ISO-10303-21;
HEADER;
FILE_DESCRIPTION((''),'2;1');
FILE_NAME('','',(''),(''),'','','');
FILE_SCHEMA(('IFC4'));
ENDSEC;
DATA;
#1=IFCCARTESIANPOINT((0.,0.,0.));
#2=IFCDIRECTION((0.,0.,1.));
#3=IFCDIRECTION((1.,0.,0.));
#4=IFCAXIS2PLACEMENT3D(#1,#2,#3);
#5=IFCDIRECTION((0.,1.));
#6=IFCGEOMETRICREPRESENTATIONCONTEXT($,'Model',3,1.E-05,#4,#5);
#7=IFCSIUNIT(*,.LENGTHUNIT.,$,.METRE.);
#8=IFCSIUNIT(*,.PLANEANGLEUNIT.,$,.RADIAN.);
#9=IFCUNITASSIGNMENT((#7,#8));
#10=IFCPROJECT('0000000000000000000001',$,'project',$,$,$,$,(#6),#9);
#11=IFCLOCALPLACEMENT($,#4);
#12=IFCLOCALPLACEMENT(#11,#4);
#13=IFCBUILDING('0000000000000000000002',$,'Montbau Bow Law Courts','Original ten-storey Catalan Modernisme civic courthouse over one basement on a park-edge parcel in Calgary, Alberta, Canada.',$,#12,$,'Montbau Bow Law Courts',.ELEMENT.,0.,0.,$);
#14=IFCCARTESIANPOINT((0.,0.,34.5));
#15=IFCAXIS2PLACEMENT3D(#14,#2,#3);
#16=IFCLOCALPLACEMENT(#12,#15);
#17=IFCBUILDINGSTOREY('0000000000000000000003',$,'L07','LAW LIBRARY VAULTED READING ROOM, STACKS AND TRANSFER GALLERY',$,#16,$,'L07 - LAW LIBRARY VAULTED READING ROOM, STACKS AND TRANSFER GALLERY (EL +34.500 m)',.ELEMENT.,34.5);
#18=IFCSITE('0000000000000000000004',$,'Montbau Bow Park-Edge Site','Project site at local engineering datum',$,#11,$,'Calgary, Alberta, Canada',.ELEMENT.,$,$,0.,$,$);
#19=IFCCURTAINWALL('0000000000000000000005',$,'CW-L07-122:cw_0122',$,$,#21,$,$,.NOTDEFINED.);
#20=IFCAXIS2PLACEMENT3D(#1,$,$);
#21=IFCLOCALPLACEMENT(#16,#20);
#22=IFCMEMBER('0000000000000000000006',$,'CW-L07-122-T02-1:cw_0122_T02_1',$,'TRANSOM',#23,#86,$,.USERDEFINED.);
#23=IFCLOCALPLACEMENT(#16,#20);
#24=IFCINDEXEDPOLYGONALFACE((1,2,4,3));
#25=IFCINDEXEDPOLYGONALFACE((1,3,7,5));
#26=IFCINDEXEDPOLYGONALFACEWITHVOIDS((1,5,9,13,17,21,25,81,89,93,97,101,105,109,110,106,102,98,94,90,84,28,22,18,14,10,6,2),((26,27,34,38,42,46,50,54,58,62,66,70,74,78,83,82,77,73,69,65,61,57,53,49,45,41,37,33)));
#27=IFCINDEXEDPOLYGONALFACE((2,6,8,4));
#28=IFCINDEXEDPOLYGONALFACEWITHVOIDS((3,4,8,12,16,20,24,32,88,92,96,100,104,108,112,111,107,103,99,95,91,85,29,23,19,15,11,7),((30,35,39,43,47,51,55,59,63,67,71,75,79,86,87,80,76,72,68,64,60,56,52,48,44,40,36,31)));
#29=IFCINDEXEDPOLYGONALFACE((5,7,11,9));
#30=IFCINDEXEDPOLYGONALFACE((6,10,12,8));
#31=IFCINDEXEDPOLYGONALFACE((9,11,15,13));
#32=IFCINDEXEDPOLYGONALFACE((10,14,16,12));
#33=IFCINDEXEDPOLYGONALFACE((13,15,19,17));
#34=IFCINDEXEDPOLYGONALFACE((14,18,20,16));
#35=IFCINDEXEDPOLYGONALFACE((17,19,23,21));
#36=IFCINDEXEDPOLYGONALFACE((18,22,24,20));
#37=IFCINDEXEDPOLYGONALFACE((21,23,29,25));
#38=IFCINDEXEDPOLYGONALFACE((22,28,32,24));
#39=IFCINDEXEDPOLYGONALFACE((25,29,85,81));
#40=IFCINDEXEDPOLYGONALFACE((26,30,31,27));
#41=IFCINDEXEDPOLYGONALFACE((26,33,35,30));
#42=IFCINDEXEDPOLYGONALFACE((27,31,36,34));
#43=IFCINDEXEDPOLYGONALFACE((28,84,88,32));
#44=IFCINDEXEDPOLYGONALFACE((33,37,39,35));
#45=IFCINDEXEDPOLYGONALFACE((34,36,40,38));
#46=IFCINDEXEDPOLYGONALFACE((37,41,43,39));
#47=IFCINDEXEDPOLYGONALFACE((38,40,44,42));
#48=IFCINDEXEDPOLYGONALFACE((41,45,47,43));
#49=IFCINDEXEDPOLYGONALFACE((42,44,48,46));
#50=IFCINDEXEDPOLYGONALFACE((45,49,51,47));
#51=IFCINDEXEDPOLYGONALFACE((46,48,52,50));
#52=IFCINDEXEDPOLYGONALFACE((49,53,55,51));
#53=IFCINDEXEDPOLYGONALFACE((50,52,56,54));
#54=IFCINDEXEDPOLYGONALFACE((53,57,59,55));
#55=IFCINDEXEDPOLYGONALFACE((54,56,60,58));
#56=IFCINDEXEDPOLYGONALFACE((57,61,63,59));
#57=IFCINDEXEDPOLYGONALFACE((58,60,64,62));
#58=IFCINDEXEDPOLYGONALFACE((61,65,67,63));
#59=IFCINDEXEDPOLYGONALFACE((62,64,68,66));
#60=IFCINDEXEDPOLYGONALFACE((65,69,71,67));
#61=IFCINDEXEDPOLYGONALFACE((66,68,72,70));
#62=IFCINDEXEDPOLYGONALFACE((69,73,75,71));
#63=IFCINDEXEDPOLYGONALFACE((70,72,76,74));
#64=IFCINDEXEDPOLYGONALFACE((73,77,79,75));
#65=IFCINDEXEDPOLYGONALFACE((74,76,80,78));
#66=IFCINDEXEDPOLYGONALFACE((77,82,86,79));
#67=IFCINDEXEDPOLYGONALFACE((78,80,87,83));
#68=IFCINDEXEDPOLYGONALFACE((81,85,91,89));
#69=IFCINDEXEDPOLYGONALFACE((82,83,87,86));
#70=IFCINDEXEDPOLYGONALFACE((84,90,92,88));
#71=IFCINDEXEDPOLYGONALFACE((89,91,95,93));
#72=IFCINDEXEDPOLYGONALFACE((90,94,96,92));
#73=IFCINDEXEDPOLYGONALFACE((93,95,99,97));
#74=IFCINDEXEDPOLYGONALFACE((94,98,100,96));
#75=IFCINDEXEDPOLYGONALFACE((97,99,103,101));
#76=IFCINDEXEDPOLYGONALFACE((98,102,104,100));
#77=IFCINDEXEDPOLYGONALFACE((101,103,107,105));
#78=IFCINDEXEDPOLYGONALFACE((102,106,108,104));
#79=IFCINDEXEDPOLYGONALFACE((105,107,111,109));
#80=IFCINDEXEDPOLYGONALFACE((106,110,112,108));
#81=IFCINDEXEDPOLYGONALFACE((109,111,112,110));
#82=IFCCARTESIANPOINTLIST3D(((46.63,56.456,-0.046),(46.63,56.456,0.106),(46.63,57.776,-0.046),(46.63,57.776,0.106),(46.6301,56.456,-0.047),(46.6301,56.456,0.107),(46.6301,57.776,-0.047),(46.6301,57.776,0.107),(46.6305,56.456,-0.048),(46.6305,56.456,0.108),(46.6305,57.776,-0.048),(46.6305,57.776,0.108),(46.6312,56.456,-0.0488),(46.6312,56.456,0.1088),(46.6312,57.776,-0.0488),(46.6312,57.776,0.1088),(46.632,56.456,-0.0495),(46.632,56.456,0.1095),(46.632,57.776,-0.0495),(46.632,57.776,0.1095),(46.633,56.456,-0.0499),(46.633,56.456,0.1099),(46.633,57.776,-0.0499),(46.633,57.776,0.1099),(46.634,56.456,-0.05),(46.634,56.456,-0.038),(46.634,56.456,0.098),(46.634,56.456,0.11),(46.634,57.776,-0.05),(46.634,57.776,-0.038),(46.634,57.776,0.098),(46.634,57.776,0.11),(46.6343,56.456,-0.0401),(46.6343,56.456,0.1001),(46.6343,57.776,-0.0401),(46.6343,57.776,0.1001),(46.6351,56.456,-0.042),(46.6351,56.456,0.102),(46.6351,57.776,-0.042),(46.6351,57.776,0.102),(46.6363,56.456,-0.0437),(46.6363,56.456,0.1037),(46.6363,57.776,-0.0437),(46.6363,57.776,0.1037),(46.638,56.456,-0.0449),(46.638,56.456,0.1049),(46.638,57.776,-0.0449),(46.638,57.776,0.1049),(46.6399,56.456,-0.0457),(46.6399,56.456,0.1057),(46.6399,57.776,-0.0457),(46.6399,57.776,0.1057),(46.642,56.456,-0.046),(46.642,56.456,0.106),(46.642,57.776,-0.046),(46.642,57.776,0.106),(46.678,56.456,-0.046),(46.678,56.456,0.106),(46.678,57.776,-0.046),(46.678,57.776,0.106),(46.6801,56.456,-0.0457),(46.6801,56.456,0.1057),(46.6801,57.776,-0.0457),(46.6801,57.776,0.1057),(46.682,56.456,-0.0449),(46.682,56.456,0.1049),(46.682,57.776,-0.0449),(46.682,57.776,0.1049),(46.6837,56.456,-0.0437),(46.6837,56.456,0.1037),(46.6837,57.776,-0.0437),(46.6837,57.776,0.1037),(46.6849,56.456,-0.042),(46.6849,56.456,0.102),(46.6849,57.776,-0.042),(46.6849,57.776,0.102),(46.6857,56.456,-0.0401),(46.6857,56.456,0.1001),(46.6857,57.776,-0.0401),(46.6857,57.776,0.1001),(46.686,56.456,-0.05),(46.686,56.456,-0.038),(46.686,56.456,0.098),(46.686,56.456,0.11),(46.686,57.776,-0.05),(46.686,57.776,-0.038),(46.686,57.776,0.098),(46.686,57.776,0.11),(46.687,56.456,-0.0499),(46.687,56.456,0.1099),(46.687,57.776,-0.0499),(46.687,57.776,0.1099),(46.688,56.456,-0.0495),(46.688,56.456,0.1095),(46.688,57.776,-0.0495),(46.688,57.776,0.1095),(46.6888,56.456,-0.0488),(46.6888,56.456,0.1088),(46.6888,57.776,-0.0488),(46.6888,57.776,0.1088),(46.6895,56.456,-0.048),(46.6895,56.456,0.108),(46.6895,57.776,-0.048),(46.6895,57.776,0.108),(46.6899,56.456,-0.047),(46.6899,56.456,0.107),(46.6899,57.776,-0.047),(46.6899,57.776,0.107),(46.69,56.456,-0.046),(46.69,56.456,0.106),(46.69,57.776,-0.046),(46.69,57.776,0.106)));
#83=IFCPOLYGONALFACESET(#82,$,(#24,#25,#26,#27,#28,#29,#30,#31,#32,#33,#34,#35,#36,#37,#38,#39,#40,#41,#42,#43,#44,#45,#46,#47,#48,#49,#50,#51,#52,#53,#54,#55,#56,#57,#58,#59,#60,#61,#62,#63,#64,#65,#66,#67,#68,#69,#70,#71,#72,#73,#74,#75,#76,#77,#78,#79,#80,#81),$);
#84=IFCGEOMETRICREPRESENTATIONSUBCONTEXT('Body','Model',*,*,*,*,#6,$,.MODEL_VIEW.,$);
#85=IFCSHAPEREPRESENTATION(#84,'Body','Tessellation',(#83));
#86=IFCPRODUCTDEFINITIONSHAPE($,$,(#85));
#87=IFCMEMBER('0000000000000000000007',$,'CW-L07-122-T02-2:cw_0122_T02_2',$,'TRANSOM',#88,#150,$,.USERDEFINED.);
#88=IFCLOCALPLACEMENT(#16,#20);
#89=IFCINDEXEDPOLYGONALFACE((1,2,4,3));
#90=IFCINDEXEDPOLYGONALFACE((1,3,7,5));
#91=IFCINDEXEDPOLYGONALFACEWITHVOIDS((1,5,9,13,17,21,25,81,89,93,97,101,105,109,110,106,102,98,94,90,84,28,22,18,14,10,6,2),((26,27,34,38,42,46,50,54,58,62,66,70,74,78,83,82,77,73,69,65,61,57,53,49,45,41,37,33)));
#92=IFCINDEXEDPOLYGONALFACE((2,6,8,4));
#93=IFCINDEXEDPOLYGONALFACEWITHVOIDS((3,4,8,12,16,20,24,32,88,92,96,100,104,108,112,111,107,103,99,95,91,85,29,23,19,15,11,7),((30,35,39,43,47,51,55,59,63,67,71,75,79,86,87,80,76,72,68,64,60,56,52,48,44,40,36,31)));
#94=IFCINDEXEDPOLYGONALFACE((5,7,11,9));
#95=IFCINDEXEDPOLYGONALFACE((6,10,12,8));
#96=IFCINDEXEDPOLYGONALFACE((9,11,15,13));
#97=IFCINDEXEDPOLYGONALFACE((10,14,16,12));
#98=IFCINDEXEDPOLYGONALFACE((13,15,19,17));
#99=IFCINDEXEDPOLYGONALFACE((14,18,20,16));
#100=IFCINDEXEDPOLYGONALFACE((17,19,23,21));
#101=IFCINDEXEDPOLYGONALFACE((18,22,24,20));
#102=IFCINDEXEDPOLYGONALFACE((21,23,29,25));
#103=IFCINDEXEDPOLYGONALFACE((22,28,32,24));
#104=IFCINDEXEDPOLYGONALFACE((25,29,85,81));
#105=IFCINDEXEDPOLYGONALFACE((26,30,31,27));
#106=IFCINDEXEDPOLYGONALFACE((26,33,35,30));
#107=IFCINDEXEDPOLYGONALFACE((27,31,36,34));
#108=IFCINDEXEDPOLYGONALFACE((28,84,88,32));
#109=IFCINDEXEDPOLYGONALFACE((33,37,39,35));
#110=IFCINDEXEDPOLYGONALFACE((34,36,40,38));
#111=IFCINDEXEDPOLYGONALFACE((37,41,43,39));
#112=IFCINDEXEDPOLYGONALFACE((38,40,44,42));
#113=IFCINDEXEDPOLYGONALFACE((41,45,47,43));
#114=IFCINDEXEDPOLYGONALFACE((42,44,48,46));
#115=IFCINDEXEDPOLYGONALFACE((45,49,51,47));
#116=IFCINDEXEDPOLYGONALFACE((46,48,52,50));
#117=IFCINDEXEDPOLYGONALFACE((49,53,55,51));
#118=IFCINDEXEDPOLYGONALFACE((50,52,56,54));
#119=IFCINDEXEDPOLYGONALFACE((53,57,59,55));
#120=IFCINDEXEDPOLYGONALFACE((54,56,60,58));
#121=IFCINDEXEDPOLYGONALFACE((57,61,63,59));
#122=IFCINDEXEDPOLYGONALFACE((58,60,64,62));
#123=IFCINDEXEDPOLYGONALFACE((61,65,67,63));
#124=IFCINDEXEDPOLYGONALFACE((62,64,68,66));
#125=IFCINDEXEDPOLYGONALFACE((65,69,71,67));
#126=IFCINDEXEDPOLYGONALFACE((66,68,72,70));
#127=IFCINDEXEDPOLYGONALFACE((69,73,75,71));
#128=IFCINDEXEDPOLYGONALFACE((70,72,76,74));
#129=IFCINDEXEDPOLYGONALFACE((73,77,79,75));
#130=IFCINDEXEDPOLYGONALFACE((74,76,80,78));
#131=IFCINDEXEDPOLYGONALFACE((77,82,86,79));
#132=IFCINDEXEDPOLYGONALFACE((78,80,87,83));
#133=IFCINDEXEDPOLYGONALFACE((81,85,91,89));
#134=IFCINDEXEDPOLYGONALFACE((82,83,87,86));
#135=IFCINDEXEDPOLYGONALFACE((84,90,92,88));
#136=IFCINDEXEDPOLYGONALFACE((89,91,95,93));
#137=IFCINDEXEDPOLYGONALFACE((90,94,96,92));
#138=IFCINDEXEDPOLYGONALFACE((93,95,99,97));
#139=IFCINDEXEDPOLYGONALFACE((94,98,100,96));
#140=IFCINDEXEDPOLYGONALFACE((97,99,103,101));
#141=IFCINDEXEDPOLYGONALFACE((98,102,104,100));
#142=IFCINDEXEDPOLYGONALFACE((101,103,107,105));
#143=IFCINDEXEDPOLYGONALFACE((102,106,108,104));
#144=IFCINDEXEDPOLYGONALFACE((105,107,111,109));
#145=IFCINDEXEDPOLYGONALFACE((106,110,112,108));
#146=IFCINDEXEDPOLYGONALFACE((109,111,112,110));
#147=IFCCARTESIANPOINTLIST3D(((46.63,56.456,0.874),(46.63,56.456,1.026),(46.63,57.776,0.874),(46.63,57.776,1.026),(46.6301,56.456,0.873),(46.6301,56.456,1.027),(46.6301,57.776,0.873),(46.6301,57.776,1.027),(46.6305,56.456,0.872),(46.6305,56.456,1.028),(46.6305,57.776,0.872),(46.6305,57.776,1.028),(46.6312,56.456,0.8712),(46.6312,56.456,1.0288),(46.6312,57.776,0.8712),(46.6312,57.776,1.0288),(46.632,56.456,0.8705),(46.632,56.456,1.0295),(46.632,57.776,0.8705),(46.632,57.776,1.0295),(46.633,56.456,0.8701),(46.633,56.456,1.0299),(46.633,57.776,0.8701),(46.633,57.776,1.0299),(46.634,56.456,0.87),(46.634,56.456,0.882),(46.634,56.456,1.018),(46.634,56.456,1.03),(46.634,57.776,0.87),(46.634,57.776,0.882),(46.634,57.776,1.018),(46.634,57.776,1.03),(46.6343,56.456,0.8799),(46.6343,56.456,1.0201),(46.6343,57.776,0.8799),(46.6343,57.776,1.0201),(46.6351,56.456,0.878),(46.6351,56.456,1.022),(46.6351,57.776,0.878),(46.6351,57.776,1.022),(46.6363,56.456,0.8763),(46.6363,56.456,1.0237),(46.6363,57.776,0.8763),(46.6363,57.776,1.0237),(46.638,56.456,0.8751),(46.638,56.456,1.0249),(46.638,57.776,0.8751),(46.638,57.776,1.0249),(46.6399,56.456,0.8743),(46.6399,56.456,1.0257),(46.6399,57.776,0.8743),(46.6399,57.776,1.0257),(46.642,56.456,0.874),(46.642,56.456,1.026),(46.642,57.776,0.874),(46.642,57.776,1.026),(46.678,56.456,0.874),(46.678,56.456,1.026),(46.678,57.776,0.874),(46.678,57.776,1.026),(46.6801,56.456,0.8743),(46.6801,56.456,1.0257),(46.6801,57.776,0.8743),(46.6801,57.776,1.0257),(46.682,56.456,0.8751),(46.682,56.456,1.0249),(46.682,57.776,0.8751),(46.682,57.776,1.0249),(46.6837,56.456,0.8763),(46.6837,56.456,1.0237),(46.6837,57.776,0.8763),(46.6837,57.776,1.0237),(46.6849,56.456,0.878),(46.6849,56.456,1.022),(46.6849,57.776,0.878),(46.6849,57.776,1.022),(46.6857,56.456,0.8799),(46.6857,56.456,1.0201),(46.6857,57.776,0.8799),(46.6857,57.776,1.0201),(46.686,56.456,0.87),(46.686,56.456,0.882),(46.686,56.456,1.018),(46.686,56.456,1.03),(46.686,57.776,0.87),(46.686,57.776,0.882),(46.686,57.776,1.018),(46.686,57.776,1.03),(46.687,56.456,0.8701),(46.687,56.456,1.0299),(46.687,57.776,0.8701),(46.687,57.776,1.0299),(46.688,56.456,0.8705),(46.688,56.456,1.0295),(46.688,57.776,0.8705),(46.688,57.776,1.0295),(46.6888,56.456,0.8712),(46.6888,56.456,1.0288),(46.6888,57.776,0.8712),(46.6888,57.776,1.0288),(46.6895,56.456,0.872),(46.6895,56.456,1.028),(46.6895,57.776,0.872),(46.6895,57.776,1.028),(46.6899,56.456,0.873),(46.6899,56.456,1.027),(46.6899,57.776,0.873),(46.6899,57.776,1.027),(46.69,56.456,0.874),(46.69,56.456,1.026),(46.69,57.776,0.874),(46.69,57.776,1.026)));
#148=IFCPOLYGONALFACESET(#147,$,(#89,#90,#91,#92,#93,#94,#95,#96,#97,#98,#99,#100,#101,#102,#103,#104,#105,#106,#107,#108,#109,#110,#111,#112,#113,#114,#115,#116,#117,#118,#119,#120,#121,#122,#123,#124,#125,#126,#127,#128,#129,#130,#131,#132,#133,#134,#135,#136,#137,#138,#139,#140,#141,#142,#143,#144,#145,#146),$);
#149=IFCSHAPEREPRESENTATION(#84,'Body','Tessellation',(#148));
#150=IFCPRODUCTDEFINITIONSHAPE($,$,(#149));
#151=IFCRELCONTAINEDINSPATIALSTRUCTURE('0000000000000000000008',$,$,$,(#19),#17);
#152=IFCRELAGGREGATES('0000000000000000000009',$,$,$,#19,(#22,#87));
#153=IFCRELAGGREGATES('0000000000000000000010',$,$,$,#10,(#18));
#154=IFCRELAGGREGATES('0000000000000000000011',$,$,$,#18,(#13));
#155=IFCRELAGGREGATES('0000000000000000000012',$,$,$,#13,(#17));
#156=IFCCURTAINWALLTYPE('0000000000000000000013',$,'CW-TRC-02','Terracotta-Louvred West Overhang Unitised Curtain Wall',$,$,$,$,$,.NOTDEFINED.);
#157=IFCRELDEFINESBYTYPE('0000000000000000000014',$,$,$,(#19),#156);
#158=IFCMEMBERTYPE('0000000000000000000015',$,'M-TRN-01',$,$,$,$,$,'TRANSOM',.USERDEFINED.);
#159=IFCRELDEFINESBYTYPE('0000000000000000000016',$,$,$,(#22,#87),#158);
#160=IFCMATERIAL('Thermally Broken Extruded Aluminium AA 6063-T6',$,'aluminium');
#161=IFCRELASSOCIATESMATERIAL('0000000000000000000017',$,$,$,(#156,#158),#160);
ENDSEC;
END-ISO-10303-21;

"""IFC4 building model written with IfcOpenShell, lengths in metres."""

from ifc_helpers import new_model, si_unit, direction, frame, origin_with_axes, origin_2d_with_axis, place, context, subcontext, project, spatial, hollow_rectangle, extrude, material, material_profile, profile_set, type_object, element, aggregate, save


model = new_model("IFC4")

# Units and contexts
model_context = context("Model", 3, precision=1e-05, world=origin_with_axes(), true_north=direction((0.0, 1.0)))
body_context = subcontext(model_context, "Body", "Model", "MODEL_VIEW")
ifc_project = project(units=[si_unit("LENGTHUNIT", "METRE"), si_unit("PLANEANGLEUNIT", "RADIAN")], contexts=[model_context])

# Site, building, storey
site_placement = place(None, origin_with_axes())
site = spatial("IfcSite", under=ifc_project, at=site_placement, Name="Montbau Bow Park-Edge Site", Description="Project site at local engineering datum", LongName="Calgary, Alberta, Canada", CompositionType="ELEMENT", RefElevation=0.0)
building_placement = place(site_placement, origin_with_axes())
building = spatial("IfcBuilding", under=site, at=building_placement, Name="Montbau Bow Law Courts", Description="Original ten-storey Catalan Modernisme civic courthouse over one basement on a park-edge parcel in Calgary, Alberta, Canada.", LongName="Montbau Bow Law Courts", CompositionType="ELEMENT", ElevationOfRefHeight=0.0, ElevationOfTerrain=0.0)
storey_placement = place(building_placement, frame((0.0, 0.0, 34.5), z_axis=(0.0, 0.0, 1.0), x_axis=(1.0, 0.0, 0.0)))
storey = spatial("IfcBuildingStorey", under=building, at=storey_placement, Name="L07", Description="LAW LIBRARY VAULTED READING ROOM, STACKS AND TRANSFER GALLERY", LongName="L07 - LAW LIBRARY VAULTED READING ROOM, STACKS AND TRANSFER GALLERY (EL +34.500 m)", CompositionType="ELEMENT", Elevation=34.5)

# Shared definitions
ifc_material_1 = material(Name="Thermally Broken Extruded Aluminium AA 6063-T6", Category="aluminium")
curtain_wall_type = type_object("IfcCurtainWallType", Name="CW-TRC-02", Description="Terracotta-Louvred West Overhang Unitised Curtain Wall", PredefinedType="NOTDEFINED", material=ifc_material_1)

# Curtain wall
curtain_wall_1_placement = place(None, frame((46.66, 55.04, 34.5), z_axis=(0.0, 0.0, 1.0), x_axis=(1.0, 0.0, 0.0)))
curtain_wall_1 = element("IfcCurtainWall", 1, at=curtain_wall_1_placement, inside=storey, type_object=curtain_wall_type, Name="CW-L07-122:cw_0122", PredefinedType="NOTDEFINED")

# Members
ifc_material_profile_1 = material_profile(ifc_material_1, hollow_rectangle(XDim=0.06, YDim=0.16, WallThickness=0.004, InnerFilletRadius=0.008, OuterFilletRadius=0.004, at=origin_2d_with_axis()), Name="CWT-160X60", Category="Main", Priority=0)
ifc_profile_set_1 = profile_set([ifc_material_profile_1], Name="Thermally Broken Extruded Aluminium AA 6063-T6")
member_type_1 = type_object("IfcMemberType", Name="M-TRN-01", ElementType="TRANSOM", PredefinedType="USERDEFINED", material=ifc_profile_set_1)
member_1_placement = place(None, frame((46.66, 56.456, 34.53), z_axis=(0.0, 1.0, 0.0), x_axis=(-1.0, 0.0, 0.0)))
member_1 = element("IfcMember", 2, at=member_1_placement, type_object=member_type_1, Name="CW-L07-122-T02-1:cw_0122_T02_1", ObjectType="TRANSOM", PredefinedType="USERDEFINED", context=body_context, shape_type="SweptSolid", body=[
    extrude(hollow_rectangle(XDim=0.06, YDim=0.16, WallThickness=0.004, InnerFilletRadius=0.008, OuterFilletRadius=0.004, at=origin_2d_with_axis()), origin_with_axes(), (0.0, 0.0, 1.0), 1.32),
])
member_2_placement = place(None, frame((46.66, 56.456, 35.45), z_axis=(0.0, 1.0, 0.0), x_axis=(-1.0, 0.0, 0.0)))
member_2 = element("IfcMember", 3, at=member_2_placement, type_object=member_type_1, Name="CW-L07-122-T02-2:cw_0122_T02_2", ObjectType="TRANSOM", PredefinedType="USERDEFINED", context=body_context, shape_type="SweptSolid", body=[
    extrude(hollow_rectangle(XDim=0.06, YDim=0.16, WallThickness=0.004, InnerFilletRadius=0.008, OuterFilletRadius=0.004, at=origin_2d_with_axis()), origin_with_axes(), (0.0, 0.0, 1.0), 1.32),
])

aggregate(curtain_wall_1, [member_1, member_2])

save(model, "model.ifc")
